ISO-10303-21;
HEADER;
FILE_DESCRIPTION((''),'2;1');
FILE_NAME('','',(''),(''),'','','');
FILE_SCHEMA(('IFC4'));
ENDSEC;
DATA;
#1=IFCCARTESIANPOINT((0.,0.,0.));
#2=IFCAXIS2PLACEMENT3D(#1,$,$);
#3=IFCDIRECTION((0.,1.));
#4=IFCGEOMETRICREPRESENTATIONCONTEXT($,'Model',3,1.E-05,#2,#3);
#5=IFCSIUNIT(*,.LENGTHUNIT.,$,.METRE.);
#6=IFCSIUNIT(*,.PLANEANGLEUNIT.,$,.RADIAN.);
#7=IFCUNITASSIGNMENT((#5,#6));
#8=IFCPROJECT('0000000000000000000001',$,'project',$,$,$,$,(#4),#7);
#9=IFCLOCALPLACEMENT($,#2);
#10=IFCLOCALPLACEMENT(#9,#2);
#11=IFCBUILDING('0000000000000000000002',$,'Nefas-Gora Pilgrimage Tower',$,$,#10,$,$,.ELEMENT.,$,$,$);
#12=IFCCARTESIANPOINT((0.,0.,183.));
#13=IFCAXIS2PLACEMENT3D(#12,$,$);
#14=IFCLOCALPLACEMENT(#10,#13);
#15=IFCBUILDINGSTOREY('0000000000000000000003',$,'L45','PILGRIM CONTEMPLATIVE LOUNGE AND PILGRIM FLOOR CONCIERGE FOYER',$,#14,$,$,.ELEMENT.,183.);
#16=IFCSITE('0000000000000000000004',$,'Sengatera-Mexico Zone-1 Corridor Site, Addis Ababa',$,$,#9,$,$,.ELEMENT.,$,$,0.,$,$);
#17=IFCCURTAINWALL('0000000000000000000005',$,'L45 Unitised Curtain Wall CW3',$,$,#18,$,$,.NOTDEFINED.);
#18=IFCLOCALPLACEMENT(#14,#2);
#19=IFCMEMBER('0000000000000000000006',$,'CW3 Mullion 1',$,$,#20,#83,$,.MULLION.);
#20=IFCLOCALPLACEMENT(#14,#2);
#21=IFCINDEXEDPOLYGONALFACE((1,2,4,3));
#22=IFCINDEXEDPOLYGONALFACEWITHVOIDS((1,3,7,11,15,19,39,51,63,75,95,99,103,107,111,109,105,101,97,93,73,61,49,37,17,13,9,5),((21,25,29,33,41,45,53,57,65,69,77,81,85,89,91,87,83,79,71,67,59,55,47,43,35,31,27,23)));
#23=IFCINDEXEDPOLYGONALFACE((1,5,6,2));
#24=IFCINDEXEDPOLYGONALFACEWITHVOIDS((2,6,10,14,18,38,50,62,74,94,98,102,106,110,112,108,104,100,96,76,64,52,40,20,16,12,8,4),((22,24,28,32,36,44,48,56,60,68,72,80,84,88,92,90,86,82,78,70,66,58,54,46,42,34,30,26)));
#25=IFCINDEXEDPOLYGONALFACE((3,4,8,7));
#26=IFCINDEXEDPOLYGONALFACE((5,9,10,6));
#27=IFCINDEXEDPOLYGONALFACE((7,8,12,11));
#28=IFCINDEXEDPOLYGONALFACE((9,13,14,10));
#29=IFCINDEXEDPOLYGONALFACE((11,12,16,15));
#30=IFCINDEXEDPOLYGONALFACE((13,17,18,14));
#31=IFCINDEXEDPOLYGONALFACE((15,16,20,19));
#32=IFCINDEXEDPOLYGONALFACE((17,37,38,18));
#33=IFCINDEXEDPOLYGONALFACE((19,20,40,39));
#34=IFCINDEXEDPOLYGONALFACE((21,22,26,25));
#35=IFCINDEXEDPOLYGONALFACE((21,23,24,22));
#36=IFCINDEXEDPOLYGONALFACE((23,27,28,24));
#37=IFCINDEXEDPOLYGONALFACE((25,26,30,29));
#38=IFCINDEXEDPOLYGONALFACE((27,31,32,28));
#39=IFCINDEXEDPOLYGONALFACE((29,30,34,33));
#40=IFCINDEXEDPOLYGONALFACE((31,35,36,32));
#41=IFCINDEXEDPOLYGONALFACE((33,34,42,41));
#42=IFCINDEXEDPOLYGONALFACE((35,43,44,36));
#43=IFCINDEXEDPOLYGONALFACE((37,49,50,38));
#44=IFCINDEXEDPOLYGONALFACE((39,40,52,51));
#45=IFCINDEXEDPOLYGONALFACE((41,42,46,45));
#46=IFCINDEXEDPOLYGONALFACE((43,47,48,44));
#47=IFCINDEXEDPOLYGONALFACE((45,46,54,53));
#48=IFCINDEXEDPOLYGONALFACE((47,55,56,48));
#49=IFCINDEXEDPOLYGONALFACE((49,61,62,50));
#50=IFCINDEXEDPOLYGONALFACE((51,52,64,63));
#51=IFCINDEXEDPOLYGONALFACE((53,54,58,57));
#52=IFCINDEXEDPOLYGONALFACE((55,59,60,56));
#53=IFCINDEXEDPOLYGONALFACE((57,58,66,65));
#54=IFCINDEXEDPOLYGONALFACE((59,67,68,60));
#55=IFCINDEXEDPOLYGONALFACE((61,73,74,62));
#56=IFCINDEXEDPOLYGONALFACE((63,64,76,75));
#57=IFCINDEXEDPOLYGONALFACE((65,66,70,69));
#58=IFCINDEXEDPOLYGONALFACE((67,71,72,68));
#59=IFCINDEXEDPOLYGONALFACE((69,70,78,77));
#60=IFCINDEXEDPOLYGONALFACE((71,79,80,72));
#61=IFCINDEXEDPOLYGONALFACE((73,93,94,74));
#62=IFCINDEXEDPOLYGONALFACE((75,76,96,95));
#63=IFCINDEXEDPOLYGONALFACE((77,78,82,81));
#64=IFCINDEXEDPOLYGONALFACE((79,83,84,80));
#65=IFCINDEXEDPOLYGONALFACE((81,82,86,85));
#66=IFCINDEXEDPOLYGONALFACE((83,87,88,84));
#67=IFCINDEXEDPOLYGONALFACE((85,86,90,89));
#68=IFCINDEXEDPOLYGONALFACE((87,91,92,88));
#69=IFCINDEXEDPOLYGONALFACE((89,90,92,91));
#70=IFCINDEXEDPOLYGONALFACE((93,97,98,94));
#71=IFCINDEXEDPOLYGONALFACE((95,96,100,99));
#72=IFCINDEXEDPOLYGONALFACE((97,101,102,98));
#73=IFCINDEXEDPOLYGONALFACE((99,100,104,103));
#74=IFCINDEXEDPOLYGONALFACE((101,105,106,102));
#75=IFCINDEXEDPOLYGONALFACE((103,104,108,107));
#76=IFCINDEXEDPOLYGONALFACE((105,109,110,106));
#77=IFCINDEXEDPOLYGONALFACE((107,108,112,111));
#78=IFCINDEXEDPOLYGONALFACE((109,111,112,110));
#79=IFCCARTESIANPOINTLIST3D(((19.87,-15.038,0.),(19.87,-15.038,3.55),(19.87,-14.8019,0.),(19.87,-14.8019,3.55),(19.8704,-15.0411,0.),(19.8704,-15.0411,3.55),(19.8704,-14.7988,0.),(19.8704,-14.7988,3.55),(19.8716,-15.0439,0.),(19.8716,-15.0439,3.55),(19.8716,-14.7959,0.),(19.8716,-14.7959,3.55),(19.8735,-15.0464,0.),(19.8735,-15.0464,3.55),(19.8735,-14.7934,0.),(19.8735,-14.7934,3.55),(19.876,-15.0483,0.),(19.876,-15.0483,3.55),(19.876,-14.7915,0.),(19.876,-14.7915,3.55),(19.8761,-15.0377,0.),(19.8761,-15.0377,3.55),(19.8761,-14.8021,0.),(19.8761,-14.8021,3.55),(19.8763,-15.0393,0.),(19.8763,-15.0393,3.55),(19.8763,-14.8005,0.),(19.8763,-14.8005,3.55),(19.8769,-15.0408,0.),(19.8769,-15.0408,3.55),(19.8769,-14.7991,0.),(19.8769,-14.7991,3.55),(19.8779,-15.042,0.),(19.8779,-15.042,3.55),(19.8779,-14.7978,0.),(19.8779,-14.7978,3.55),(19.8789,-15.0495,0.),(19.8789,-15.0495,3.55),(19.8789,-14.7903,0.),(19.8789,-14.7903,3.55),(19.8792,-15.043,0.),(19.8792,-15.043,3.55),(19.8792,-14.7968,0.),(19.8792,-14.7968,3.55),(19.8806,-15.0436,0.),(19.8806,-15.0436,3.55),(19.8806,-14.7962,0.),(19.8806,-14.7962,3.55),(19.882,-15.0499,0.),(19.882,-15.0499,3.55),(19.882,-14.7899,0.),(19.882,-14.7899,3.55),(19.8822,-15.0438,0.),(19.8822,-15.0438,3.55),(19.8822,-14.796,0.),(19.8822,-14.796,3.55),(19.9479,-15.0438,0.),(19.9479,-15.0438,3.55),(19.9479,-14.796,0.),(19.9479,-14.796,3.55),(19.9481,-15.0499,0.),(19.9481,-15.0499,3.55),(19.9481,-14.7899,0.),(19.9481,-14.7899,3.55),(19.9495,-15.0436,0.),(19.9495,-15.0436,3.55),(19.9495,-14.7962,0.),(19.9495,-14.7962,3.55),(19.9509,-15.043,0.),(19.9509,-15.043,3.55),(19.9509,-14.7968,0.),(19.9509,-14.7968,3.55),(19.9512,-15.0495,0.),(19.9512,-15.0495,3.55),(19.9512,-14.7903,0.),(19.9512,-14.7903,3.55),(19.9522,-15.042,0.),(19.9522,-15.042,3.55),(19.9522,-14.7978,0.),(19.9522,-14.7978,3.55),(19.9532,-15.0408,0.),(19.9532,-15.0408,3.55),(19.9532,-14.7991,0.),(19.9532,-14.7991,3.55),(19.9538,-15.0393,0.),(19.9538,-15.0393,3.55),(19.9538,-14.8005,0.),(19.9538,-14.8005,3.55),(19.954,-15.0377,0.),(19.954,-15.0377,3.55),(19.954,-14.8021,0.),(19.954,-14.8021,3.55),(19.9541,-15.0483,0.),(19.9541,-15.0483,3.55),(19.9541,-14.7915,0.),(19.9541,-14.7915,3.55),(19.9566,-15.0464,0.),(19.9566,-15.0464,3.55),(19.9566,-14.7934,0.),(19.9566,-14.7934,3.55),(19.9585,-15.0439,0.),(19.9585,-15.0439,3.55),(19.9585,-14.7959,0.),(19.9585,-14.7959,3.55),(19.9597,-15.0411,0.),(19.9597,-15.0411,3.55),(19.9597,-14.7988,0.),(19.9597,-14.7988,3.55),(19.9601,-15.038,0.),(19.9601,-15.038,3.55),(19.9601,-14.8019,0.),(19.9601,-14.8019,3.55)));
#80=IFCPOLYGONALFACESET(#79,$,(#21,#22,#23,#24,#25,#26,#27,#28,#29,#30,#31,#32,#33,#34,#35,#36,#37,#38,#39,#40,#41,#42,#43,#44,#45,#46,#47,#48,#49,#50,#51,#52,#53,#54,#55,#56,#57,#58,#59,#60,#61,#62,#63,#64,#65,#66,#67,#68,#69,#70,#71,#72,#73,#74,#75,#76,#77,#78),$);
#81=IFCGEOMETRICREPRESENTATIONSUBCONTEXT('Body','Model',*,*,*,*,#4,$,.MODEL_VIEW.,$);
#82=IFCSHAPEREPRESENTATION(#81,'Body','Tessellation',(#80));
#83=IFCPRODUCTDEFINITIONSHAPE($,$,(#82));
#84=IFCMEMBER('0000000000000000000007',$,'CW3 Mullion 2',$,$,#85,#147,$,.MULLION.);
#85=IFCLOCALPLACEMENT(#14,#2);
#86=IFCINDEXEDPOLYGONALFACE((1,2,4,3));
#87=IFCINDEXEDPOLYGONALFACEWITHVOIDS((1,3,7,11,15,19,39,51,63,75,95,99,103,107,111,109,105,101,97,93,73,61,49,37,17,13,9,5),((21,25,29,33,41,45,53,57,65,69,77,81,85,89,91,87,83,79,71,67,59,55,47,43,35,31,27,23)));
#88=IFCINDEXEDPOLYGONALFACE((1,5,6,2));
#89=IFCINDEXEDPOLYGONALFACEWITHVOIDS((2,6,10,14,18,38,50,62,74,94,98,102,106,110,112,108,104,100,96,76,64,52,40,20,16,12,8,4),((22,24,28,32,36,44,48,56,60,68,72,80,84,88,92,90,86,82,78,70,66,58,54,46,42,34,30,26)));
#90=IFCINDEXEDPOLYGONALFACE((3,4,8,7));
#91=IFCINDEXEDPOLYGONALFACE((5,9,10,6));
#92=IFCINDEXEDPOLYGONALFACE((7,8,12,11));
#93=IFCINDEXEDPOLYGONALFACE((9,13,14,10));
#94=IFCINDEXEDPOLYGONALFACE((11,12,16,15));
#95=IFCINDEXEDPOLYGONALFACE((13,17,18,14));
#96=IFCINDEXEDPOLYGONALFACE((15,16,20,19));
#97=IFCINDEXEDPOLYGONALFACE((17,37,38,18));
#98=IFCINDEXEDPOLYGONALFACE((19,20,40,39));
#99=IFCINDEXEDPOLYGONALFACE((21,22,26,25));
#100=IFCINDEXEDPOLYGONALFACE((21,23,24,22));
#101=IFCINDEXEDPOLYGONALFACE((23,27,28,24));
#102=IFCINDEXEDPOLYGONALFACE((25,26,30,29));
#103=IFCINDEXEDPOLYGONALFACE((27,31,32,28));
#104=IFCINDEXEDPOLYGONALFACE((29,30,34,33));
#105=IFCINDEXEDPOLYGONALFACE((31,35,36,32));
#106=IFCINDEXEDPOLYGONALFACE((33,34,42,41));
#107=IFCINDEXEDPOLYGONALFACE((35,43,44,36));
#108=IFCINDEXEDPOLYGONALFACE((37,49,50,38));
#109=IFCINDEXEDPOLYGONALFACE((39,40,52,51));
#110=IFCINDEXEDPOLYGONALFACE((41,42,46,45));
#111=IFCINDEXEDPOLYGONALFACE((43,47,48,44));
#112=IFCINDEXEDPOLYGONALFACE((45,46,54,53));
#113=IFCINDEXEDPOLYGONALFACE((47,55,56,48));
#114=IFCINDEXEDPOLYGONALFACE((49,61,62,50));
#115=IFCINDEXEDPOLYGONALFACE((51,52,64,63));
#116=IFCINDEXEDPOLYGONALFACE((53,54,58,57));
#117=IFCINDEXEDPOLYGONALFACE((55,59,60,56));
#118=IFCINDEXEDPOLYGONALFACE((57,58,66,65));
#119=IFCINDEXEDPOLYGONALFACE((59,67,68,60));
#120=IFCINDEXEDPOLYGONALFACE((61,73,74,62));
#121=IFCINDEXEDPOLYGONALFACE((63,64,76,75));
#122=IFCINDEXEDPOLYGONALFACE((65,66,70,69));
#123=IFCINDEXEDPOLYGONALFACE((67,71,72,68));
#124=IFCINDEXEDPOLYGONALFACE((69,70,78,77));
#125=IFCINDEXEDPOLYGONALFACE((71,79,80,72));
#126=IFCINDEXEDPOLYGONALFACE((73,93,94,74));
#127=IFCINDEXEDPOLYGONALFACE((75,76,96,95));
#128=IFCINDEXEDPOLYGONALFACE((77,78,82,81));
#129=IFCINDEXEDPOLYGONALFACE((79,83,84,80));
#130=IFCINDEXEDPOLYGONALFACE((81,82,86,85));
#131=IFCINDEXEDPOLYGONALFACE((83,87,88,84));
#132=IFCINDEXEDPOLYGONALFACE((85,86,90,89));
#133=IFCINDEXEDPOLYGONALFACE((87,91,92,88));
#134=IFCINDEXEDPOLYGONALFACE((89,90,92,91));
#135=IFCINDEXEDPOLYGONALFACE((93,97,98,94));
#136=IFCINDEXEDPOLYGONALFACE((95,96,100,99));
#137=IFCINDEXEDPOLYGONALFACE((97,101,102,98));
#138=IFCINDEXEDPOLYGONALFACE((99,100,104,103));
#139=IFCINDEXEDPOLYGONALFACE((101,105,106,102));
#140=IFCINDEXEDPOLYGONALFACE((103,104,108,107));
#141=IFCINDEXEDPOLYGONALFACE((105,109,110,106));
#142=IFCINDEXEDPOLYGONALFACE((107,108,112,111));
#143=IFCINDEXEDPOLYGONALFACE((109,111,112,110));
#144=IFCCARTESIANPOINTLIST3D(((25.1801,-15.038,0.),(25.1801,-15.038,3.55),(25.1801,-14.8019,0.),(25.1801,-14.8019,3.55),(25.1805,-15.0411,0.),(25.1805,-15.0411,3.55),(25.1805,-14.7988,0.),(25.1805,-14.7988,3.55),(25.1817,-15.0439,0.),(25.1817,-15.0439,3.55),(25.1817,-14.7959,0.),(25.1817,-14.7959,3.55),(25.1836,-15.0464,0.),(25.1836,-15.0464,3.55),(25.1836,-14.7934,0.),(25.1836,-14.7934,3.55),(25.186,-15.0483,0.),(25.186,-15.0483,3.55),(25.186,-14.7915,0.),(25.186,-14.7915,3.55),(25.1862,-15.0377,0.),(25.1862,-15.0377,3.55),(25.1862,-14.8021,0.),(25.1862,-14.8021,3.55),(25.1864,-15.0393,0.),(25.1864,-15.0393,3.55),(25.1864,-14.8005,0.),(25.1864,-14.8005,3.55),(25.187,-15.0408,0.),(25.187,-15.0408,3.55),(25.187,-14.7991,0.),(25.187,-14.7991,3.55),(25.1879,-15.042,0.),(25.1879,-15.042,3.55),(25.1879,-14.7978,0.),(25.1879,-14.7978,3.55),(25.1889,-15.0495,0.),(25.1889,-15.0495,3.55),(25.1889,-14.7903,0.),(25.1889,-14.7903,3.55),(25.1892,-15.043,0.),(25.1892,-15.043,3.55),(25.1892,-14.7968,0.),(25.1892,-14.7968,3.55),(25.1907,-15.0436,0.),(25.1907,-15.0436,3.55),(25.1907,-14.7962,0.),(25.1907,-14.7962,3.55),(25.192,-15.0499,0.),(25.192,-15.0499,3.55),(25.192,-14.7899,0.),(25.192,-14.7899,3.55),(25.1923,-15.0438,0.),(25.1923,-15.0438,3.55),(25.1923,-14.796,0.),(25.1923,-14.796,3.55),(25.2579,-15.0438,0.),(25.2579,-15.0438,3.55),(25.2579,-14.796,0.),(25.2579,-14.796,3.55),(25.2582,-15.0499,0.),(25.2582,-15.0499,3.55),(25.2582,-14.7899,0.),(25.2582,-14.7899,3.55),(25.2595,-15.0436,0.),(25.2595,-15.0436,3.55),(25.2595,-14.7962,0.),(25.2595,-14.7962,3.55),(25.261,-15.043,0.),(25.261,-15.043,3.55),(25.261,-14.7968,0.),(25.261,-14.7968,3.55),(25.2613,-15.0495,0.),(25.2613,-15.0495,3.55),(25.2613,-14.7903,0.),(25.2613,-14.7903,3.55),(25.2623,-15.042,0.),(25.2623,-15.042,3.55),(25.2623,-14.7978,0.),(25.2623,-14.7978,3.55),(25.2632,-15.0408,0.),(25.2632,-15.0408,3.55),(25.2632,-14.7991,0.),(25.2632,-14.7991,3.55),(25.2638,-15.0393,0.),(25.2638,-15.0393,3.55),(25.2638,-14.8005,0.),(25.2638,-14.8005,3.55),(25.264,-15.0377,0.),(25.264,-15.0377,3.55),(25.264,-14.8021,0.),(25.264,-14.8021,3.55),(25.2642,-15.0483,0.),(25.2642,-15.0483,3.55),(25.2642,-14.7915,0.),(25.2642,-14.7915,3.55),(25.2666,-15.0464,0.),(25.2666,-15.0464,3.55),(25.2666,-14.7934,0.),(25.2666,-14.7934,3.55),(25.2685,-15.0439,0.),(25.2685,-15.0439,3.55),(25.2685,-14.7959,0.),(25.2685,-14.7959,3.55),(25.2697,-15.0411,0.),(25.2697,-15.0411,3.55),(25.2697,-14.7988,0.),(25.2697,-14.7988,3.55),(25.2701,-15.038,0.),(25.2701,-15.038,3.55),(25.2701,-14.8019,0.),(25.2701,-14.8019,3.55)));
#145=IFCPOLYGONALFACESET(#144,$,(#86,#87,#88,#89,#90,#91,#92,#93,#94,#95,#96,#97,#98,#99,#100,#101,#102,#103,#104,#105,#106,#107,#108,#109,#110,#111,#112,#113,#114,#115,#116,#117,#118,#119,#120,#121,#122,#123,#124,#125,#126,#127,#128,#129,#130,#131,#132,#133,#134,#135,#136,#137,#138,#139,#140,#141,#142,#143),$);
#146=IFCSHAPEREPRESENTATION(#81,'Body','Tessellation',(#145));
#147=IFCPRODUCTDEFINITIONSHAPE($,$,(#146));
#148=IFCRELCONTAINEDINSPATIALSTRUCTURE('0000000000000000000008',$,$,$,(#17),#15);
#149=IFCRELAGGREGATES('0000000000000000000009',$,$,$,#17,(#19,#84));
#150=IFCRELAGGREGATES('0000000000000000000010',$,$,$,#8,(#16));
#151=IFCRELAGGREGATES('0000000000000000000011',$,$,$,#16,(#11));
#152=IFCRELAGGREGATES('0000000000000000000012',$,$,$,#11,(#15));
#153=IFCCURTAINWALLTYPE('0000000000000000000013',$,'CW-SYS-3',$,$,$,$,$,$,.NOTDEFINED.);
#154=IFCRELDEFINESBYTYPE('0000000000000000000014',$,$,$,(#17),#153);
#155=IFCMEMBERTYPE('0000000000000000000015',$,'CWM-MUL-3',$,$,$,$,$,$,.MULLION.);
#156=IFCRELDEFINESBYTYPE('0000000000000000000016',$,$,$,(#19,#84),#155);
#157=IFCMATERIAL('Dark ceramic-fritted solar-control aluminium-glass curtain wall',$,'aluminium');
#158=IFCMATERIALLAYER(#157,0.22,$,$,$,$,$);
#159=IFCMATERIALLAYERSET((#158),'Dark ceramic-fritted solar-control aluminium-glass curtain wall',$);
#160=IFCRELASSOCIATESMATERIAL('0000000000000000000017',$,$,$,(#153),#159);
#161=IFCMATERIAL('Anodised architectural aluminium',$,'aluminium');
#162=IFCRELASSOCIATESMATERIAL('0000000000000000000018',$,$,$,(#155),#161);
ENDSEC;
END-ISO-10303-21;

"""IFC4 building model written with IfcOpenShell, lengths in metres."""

from ifc_helpers import new_model, si_unit, direction, frame, origin, origin_2d, place, context, subcontext, project, spatial, hollow_rectangle, extrude, source, transform, mapped, material, layer, layer_set, material_profile, profile_set, type_object, element, aggregate, save


model = new_model("IFC4")

# Units and contexts
model_context = context("Model", 3, precision=1e-05, world=origin(), true_north=direction((0.0, 1.0)))
body_context = subcontext(model_context, "Body", "Model", "MODEL_VIEW")
ifc_project = project(units=[si_unit("LENGTHUNIT", "METRE"), si_unit("PLANEANGLEUNIT", "RADIAN")], contexts=[model_context])

# Site, building, storey
site_placement = place(None, origin())
site = spatial("IfcSite", under=ifc_project, at=site_placement, Name="Sengatera-Mexico Zone-1 Corridor Site, Addis Ababa", CompositionType="ELEMENT", RefElevation=0.0)
building_placement = place(site_placement, origin())
building = spatial("IfcBuilding", under=site, at=building_placement, Name="Nefas-Gora Pilgrimage Tower", CompositionType="ELEMENT")
storey_placement = place(building_placement, frame((0.0, 0.0, 183.0)))
storey = spatial("IfcBuildingStorey", under=building, at=storey_placement, Name="L45", Description="PILGRIM CONTEMPLATIVE LOUNGE AND PILGRIM FLOOR CONCIERGE FOYER", CompositionType="ELEMENT", Elevation=183.0)

# Curtain wall, members
ifc_material_1 = material(Name="Dark ceramic-fritted solar-control aluminium-glass curtain wall", Category="aluminium")
ifc_layer_1 = layer(ifc_material_1, 0.22)
ifc_layer_set_1 = layer_set([ifc_layer_1], Name="Dark ceramic-fritted solar-control aluminium-glass curtain wall")
curtain_wall_type = type_object("IfcCurtainWallType", Name="CW-SYS-3", PredefinedType="NOTDEFINED", material=ifc_layer_set_1)
ifc_material_2 = material(Name="Anodised architectural aluminium", Category="aluminium")
ifc_material_profile_1 = material_profile(ifc_material_2, hollow_rectangle(XDim=0.0901, YDim=0.26, WallThickness=0.0061, InnerFilletRadius=0.0061, OuterFilletRadius=0.012, at=origin_2d()), Name="ALU MULLION 90x260")
ifc_profile_set_1 = profile_set([ifc_material_profile_1], Name="Anodised architectural aluminium")
member_type_1 = type_object("IfcMemberType", Name="CWM-MUL-3", PredefinedType="MULLION", material=ifc_profile_set_1)
shared_shape_1 = source(origin(), body_context, "Body", "SweptSolid", [
    extrude(hollow_rectangle(XDim=0.0901, YDim=0.26, WallThickness=0.0061, InnerFilletRadius=0.0061, OuterFilletRadius=0.012, at=origin_2d()), origin(), (0.0, 0.0, 1.0), 3.55),
])
curtain_wall_1_placement = place(storey_placement, origin())
curtain_wall_1 = element("IfcCurtainWall", 1, at=curtain_wall_1_placement, inside=storey, type_object=curtain_wall_type, Name="L45 Unitised Curtain Wall CW3", PredefinedType="NOTDEFINED")
member_1_placement = place(storey_placement, frame((19.915, -14.9199, 0.0), z_axis=(0.0, 0.0, 1.0), x_axis=(1.0, 0.0, 0.0)))
member_1 = element("IfcMember", 2, at=member_1_placement, type_object=member_type_1, Name="CW3 Mullion 1", PredefinedType="MULLION", context=body_context, shape_type="MappedRepresentation", body=[
    mapped(shared_shape_1, transform((0.0, 0.0, 0.0), x_axis=(1.0, 0.0, 0.0), y_axis=(0.0, 1.0, 0.0), z_axis=(0.0, 0.0, 1.0), scale=1.0)),
])
member_2_placement = place(storey_placement, frame((25.2251, -14.9199, 0.0), z_axis=(0.0, 0.0, 1.0), x_axis=(1.0, 0.0, 0.0)))
member_2 = element("IfcMember", 3, at=member_2_placement, type_object=member_type_1, Name="CW3 Mullion 2", PredefinedType="MULLION", context=body_context, shape_type="MappedRepresentation", body=[
    mapped(shared_shape_1, transform((0.0, 0.0, 0.0), x_axis=(1.0, 0.0, 0.0), y_axis=(0.0, 1.0, 0.0), z_axis=(0.0, 0.0, 1.0), scale=1.0)),
])

aggregate(curtain_wall_1, [member_1, member_2])

save(model, "model.ifc")
